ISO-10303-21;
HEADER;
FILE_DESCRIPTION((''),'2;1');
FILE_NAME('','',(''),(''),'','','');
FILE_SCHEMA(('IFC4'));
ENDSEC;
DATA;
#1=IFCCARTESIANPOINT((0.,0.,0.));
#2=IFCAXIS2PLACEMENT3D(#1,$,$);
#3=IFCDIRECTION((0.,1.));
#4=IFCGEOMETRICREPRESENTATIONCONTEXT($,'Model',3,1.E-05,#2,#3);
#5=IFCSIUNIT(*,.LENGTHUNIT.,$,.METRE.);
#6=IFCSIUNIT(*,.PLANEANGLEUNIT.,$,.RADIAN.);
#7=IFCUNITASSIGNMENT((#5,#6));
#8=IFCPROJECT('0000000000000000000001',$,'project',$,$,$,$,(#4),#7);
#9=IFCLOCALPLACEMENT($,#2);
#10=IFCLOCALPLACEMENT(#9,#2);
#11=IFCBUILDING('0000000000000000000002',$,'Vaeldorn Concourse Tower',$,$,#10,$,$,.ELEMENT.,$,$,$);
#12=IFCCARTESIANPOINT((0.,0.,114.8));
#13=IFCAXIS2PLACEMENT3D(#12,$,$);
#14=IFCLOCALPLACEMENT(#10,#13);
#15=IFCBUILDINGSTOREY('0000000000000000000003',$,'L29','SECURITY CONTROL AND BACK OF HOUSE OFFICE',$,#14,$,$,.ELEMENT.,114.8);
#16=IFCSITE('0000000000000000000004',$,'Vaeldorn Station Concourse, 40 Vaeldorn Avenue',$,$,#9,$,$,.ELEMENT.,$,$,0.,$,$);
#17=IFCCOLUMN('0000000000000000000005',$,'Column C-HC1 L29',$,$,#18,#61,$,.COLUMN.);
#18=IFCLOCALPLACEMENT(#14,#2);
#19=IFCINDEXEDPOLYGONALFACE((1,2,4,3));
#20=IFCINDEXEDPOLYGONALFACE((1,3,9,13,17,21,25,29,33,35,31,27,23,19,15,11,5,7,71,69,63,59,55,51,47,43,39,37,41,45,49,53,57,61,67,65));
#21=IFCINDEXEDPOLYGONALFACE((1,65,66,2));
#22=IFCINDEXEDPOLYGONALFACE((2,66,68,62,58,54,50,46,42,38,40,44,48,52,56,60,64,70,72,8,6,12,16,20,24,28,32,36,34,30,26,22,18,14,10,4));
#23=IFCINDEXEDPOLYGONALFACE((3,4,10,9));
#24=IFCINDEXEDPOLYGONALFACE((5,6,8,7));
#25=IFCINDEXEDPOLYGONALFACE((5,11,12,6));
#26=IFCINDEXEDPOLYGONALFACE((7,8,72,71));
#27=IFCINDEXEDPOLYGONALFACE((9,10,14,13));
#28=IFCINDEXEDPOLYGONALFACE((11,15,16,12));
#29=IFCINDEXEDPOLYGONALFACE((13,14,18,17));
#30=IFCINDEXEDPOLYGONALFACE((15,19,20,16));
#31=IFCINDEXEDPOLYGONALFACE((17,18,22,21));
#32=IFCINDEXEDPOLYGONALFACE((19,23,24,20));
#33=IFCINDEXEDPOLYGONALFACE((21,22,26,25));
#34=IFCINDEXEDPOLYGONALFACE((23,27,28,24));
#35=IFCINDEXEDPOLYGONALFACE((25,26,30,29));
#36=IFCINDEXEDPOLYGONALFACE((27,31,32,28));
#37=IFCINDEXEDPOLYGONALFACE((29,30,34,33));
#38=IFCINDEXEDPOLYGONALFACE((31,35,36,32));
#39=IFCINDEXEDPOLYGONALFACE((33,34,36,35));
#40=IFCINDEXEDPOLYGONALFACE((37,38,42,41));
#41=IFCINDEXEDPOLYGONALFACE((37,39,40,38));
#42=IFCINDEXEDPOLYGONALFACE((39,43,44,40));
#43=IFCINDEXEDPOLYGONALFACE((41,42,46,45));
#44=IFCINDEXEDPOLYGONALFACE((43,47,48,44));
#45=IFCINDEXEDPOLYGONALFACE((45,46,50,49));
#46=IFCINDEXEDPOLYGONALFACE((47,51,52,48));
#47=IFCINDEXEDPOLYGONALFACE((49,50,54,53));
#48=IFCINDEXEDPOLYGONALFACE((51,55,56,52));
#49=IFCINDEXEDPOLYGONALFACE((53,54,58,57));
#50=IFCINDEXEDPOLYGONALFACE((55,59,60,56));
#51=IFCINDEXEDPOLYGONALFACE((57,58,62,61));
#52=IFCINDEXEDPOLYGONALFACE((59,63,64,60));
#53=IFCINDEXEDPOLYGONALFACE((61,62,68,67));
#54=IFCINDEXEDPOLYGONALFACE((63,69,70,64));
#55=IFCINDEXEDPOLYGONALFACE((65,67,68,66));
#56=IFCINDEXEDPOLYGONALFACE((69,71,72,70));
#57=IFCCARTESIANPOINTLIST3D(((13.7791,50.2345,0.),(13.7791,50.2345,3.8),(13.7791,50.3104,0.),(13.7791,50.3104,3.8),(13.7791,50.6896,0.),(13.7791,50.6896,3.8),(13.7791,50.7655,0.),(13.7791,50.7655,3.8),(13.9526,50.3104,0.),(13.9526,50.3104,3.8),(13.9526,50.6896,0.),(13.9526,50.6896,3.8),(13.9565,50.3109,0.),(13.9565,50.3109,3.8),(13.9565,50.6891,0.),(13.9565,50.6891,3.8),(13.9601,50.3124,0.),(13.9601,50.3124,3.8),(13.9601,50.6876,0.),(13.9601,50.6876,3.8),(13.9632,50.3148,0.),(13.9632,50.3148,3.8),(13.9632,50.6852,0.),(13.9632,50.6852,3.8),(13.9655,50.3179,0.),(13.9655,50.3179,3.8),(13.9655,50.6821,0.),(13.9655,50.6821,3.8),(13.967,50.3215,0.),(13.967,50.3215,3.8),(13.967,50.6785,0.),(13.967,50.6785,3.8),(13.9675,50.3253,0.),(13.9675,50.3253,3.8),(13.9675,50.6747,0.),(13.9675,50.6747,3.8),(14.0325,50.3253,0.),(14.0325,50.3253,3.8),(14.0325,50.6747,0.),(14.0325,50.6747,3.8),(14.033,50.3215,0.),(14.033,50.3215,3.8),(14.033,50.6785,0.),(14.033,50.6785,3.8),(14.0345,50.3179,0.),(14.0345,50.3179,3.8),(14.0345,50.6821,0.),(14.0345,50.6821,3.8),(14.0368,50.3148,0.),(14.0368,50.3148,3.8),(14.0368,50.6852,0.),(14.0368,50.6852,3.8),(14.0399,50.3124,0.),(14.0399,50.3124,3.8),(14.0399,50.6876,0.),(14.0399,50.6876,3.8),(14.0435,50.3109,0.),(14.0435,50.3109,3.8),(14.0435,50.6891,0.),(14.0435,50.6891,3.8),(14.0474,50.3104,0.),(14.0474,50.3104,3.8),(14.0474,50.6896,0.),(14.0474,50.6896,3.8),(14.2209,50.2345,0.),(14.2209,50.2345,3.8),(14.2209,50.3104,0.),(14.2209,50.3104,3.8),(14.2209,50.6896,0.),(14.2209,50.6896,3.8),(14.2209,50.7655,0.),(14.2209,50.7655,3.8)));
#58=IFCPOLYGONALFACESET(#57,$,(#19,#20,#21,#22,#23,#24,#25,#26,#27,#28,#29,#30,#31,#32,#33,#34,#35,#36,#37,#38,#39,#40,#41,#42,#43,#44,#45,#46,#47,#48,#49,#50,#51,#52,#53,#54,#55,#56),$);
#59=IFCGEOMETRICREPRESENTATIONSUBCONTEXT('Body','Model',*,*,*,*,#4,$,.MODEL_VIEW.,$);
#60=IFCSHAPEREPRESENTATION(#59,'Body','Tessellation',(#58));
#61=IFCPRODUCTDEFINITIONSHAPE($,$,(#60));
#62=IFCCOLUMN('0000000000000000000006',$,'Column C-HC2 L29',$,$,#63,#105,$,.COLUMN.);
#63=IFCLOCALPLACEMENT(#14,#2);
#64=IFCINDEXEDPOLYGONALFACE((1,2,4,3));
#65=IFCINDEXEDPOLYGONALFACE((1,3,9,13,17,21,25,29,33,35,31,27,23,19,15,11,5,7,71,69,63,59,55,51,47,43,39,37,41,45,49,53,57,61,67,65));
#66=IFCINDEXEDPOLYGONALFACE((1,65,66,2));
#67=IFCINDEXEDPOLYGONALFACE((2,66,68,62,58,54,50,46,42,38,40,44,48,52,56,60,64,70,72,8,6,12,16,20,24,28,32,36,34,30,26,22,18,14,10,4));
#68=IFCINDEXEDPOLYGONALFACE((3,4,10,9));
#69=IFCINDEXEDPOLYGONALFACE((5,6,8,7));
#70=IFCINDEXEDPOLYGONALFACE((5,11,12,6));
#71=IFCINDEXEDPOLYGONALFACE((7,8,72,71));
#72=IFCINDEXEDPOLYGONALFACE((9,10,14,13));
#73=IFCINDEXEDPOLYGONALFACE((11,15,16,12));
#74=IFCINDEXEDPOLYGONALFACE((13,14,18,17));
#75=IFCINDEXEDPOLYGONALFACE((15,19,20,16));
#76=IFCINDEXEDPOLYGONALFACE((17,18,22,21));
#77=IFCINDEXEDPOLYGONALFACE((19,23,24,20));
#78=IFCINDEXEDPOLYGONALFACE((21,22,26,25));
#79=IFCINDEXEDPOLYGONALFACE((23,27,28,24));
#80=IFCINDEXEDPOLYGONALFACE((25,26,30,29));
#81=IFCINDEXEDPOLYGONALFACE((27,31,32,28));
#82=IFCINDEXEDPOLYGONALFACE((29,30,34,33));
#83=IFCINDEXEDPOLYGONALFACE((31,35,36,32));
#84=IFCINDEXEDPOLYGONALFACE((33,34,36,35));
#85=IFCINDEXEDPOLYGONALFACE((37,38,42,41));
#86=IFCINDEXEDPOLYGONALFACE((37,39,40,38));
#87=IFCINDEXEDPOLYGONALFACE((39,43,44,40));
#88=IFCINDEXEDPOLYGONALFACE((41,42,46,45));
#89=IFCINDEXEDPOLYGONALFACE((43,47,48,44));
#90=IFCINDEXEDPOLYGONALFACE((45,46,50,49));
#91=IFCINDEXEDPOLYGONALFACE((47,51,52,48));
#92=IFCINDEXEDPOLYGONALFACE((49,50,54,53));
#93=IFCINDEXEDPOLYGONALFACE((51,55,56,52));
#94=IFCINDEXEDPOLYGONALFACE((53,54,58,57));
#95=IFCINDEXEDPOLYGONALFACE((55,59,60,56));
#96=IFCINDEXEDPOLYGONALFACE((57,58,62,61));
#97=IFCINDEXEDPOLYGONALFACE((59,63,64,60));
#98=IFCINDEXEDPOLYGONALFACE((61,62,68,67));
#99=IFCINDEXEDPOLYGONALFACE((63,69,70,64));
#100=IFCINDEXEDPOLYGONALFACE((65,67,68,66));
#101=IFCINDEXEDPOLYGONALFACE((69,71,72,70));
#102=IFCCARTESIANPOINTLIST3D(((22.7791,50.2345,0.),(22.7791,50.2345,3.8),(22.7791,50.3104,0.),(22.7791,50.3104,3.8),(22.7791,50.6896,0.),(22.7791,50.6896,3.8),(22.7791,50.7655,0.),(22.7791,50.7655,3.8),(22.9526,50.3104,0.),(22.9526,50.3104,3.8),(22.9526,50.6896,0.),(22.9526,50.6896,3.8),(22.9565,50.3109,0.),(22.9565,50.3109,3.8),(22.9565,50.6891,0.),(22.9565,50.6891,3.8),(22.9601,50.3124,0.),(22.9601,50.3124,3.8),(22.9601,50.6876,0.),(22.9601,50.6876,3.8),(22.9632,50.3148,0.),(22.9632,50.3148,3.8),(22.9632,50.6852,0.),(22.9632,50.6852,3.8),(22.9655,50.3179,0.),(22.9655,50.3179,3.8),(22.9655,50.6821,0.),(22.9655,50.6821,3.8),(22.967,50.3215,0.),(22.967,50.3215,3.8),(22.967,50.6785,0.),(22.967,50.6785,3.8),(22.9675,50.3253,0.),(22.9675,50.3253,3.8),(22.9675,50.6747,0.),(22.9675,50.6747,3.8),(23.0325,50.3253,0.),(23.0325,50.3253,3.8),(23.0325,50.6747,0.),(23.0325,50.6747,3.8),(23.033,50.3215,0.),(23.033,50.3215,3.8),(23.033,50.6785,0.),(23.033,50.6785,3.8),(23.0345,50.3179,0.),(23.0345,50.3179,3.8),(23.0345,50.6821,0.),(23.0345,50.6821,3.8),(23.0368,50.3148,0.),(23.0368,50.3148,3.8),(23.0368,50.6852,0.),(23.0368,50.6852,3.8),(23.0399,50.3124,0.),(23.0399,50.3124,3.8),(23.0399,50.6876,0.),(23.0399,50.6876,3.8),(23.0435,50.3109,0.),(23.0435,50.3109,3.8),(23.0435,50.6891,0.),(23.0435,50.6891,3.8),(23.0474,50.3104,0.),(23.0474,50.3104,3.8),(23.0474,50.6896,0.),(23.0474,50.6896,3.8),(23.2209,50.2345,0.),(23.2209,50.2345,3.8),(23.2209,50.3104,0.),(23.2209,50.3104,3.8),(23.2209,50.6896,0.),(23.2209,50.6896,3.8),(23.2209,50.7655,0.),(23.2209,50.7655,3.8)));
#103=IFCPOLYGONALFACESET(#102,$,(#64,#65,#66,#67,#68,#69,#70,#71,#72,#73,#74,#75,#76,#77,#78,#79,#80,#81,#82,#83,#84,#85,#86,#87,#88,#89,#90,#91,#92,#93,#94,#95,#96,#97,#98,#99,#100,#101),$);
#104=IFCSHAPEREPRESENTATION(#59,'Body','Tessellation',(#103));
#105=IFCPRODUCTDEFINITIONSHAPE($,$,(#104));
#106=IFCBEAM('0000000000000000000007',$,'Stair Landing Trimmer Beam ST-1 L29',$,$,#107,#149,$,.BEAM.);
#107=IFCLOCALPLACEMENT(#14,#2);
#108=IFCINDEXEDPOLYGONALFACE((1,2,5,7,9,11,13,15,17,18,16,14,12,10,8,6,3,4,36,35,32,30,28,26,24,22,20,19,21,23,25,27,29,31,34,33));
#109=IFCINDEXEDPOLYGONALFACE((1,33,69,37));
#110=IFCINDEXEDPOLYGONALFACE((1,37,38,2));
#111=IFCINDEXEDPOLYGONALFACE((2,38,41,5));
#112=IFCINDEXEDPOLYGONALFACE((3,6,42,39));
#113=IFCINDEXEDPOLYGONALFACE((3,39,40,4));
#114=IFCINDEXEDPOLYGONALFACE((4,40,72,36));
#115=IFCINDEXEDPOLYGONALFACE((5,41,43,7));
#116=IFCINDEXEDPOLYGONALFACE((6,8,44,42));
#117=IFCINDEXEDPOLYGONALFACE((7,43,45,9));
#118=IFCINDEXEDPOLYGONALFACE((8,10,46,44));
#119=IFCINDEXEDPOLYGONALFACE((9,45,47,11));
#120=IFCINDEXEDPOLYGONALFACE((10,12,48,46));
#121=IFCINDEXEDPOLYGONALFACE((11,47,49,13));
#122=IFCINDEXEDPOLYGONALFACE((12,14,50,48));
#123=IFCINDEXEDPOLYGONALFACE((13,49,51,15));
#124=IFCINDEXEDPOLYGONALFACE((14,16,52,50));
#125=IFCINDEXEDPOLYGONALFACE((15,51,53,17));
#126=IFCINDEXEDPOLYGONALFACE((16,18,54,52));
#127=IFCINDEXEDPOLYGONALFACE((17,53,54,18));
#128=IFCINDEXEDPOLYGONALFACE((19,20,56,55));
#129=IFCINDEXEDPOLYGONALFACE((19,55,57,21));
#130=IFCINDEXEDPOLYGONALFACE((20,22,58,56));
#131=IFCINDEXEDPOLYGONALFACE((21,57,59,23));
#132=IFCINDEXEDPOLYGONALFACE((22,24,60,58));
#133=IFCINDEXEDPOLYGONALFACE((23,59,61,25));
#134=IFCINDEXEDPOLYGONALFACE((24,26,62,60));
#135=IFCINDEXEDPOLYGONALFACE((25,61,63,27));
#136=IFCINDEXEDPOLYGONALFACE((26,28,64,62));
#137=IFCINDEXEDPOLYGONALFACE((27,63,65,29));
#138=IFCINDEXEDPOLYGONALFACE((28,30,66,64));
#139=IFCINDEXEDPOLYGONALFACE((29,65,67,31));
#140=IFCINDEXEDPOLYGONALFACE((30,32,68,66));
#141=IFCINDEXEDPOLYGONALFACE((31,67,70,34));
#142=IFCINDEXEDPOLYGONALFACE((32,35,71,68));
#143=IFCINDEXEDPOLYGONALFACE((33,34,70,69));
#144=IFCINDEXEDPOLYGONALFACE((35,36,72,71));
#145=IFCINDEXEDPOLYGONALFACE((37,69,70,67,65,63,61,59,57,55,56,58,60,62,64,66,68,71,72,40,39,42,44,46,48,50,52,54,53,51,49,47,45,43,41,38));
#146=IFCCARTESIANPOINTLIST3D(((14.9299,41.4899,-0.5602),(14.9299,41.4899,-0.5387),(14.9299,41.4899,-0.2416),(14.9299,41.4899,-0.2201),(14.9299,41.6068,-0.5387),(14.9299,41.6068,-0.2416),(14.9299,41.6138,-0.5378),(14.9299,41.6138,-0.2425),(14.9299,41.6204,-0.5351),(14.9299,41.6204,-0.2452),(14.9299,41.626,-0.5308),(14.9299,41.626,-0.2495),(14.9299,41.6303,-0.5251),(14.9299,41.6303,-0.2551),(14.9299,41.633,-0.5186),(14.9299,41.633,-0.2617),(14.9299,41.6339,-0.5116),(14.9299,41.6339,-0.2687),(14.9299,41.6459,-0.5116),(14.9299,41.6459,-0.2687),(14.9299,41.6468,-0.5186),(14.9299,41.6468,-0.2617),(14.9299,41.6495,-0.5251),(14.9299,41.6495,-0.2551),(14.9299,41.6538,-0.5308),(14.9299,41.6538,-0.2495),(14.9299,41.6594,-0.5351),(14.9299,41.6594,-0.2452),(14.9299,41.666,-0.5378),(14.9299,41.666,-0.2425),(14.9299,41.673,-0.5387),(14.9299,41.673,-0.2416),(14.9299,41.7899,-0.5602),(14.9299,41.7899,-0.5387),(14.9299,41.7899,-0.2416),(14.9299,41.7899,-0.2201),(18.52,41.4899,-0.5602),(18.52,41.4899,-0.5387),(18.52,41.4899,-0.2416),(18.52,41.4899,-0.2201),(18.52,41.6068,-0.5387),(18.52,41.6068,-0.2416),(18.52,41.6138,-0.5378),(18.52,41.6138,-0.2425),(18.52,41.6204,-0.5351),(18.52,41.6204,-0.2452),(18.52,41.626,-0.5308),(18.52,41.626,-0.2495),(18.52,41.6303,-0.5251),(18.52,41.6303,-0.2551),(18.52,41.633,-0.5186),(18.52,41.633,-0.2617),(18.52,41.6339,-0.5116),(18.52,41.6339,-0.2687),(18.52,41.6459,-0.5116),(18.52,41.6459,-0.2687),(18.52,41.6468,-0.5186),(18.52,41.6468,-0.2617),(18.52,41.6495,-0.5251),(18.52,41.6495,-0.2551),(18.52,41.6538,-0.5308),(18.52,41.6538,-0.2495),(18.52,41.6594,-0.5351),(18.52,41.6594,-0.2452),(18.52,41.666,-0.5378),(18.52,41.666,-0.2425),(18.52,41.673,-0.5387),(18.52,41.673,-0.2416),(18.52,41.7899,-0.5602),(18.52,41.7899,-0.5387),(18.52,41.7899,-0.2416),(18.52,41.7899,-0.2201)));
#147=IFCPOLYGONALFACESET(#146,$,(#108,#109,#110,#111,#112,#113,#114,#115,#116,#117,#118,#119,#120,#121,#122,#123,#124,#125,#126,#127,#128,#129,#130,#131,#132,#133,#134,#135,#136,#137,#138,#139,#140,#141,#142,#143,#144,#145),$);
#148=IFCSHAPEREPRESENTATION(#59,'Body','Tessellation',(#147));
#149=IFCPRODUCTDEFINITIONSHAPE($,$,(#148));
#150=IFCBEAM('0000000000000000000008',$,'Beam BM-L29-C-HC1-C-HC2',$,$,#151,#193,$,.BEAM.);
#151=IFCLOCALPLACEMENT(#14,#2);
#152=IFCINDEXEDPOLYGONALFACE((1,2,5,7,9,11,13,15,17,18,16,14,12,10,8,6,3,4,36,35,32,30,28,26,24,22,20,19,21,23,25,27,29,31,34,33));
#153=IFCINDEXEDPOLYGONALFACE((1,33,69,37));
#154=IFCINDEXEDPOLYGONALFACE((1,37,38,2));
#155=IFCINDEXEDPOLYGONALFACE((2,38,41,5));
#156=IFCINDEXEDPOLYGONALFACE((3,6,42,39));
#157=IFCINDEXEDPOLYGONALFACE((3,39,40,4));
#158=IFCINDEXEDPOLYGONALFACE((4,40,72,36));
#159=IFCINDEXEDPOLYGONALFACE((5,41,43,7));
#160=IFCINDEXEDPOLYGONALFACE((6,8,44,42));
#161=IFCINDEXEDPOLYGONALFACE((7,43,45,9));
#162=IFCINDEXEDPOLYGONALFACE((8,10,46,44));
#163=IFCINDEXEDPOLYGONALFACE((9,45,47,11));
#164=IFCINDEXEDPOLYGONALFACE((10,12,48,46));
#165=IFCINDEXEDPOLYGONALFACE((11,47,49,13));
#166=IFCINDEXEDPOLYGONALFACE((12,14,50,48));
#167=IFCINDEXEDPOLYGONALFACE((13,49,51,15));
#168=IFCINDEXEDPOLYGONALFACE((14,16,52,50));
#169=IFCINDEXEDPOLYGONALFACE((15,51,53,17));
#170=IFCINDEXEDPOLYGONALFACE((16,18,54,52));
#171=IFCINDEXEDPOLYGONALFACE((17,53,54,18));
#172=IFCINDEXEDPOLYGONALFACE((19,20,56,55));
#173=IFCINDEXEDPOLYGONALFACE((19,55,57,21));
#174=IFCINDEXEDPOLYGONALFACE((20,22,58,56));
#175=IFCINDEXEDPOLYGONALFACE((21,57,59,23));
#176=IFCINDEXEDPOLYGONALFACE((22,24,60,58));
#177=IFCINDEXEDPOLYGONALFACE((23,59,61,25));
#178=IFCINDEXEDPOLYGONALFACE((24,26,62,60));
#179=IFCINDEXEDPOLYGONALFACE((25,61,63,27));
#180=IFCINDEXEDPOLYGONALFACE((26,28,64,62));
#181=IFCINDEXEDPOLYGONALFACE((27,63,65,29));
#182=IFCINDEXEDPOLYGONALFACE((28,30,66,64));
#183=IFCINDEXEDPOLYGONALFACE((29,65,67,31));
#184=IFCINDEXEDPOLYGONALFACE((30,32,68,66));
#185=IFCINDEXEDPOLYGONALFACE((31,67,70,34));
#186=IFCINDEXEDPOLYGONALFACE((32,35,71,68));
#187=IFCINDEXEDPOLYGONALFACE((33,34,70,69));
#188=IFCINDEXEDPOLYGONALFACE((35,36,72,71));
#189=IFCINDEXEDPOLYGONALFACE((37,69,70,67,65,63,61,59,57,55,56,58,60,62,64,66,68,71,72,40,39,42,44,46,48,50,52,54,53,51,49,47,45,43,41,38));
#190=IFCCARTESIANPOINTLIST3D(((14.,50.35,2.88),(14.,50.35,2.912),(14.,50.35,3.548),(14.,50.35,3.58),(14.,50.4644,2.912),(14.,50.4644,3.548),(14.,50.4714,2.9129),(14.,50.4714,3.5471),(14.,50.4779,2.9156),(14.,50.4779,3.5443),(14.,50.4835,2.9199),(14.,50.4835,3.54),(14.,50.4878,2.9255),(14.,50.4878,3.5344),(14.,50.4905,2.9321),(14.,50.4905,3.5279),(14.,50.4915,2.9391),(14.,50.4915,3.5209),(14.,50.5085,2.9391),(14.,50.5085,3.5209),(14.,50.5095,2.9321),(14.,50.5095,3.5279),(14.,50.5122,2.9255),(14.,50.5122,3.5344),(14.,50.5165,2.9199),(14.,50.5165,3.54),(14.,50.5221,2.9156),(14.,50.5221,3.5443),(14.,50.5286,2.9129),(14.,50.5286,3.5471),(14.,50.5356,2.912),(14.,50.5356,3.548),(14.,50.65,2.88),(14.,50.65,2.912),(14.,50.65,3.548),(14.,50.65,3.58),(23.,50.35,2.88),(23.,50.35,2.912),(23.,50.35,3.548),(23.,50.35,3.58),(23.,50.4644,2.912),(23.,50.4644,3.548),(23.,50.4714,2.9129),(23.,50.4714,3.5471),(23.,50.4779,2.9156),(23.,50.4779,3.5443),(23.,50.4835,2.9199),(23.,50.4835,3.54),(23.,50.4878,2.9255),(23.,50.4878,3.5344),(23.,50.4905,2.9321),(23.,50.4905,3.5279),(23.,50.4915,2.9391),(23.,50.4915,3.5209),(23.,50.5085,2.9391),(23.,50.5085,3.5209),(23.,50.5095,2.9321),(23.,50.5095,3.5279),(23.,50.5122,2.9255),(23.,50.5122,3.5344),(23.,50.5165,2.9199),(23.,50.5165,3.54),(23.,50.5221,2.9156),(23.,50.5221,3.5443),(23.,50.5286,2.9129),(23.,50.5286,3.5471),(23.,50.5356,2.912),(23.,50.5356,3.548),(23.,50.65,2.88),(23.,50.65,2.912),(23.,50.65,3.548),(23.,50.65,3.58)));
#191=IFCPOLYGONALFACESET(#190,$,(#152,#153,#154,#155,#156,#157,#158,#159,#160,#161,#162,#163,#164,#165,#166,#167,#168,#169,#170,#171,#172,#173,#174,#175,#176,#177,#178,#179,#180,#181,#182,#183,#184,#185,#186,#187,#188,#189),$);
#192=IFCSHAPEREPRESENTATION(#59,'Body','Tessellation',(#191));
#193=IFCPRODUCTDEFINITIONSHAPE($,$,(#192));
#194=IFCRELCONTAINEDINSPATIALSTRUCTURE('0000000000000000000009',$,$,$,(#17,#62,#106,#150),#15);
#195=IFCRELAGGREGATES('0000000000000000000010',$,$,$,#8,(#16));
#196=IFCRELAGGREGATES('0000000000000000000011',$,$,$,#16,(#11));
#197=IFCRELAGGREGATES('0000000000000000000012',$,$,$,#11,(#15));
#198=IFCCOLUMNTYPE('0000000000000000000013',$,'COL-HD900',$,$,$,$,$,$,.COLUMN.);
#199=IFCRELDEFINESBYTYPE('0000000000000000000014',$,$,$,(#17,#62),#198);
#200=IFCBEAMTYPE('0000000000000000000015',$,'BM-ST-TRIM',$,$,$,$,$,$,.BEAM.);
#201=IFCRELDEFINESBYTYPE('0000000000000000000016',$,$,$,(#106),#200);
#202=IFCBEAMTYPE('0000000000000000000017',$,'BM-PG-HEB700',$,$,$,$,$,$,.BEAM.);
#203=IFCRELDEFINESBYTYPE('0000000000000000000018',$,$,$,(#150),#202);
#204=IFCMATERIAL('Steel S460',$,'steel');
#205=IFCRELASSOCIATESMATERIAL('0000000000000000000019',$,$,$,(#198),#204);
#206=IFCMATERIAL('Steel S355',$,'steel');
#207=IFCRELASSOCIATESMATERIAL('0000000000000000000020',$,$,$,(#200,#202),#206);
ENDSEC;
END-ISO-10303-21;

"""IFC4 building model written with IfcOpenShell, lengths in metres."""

from ifc_helpers import new_model, si_unit, direction, frame, origin, origin_2d, place, context, subcontext, project, spatial, i_section, extrude, source, transform, mapped, material, material_profile, profile_set, type_object, element, save


model = new_model("IFC4")

# Units and contexts
model_context = context("Model", 3, precision=1e-05, world=origin(), true_north=direction((0.0, 1.0)))
body_context = subcontext(model_context, "Body", "Model", "MODEL_VIEW")
ifc_project = project(units=[si_unit("LENGTHUNIT", "METRE"), si_unit("PLANEANGLEUNIT", "RADIAN")], contexts=[model_context])

# Site, building, storey
site_placement = place(None, origin())
site = spatial("IfcSite", under=ifc_project, at=site_placement, Name="Vaeldorn Station Concourse, 40 Vaeldorn Avenue", CompositionType="ELEMENT", RefElevation=0.0)
building_placement = place(site_placement, origin())
building = spatial("IfcBuilding", under=site, at=building_placement, Name="Vaeldorn Concourse Tower", CompositionType="ELEMENT")
storey_placement = place(building_placement, frame((0.0, 0.0, 114.8)))
storey = spatial("IfcBuildingStorey", under=building, at=storey_placement, Name="L29", Description="SECURITY CONTROL AND BACK OF HOUSE OFFICE", CompositionType="ELEMENT", Elevation=114.8)

# Columns
ifc_material_1 = material(Name="Steel S460", Category="steel")
ifc_material_profile_1 = material_profile(ifc_material_1, i_section(OverallWidth=0.4419, OverallDepth=0.531, WebThickness=0.0649, FlangeThickness=0.0759, FilletRadius=0.0149, at=origin_2d()), Name="HD 400x900")
ifc_profile_set_1 = profile_set([ifc_material_profile_1], Name="Steel S460")
column_type = type_object("IfcColumnType", Name="COL-HD900", PredefinedType="COLUMN", material=ifc_profile_set_1)
shared_shape_1 = source(origin(), body_context, "Body", "SweptSolid", [
    extrude(i_section(OverallWidth=0.4419, OverallDepth=0.531, WebThickness=0.0649, FlangeThickness=0.0759, FilletRadius=0.0149, at=origin_2d()), origin(), (0.0, 0.0, 1.0), 3.8),
])
for number, where, z_axis, x_axis, name in (
    (1, (14.0, 50.5, 0.0), (0.0, 0.0, 1.0), (1.0, 0.0, 0.0), "Column C-HC1 L29"),
    (2, (23.0, 50.5, 0.0), (0.0, 0.0, 1.0), (1.0, 0.0, 0.0), "Column C-HC2 L29"),
):
    element("IfcColumn", number, at=place(storey_placement, frame(where, z_axis=z_axis, x_axis=x_axis)), inside=storey, type_object=column_type, Name=name, PredefinedType="COLUMN", context=body_context, shape_type="MappedRepresentation", body=[
        mapped(shared_shape_1, transform((0.0, 0.0, 0.0), scale=1.0)),
    ])

# Beams
ifc_material_2 = material(Name="Steel S355", Category="steel")
ifc_material_profile_2 = material_profile(ifc_material_2, i_section(OverallWidth=0.3, OverallDepth=0.3401, WebThickness=0.012, FlangeThickness=0.0215, FilletRadius=0.0271, at=origin_2d()), Name="HEB 340")
ifc_profile_set_2 = profile_set([ifc_material_profile_2], Name="Steel S355")
beam_type_1 = type_object("IfcBeamType", Name="BM-ST-TRIM", PredefinedType="BEAM", material=ifc_profile_set_2)
shared_shape_2 = source(origin(), body_context, "Body", "SweptSolid", [
    extrude(i_section(OverallWidth=0.3, OverallDepth=0.3401, WebThickness=0.012, FlangeThickness=0.0215, FilletRadius=0.0271, at=origin_2d()), origin(), (0.0, 0.0, 1.0), 3.5901),
])
beam_1_placement = place(storey_placement, frame((14.9299, 41.6399, -0.3901), z_axis=(1.0, 0.0, 0.0), x_axis=(0.0, 1.0, 0.0)))
element("IfcBeam", 3, at=beam_1_placement, inside=storey, type_object=beam_type_1, Name="Stair Landing Trimmer Beam ST-1 L29", PredefinedType="BEAM", context=body_context, shape_type="MappedRepresentation", body=[
    mapped(shared_shape_2, transform((0.0, 0.0, 0.0), scale=1.0)),
])
ifc_material_profile_3 = material_profile(ifc_material_2, i_section(OverallWidth=0.3, OverallDepth=0.7, WebThickness=0.0171, FlangeThickness=0.032, FilletRadius=0.0271, at=origin_2d()), Name="HEB 700")
ifc_profile_set_3 = profile_set([ifc_material_profile_3], Name="Steel S355")
beam_type_2 = type_object("IfcBeamType", Name="BM-PG-HEB700", PredefinedType="BEAM", material=ifc_profile_set_3)
shared_shape_3 = source(origin(), body_context, "Body", "SweptSolid", [
    extrude(i_section(OverallWidth=0.3, OverallDepth=0.7, WebThickness=0.0171, FlangeThickness=0.032, FilletRadius=0.0271, at=origin_2d()), origin(), (0.0, 0.0, 1.0), 9.0),
])
beam_2_placement = place(storey_placement, frame((14.0, 50.5, 3.23), z_axis=(1.0, 0.0, 0.0), x_axis=(0.0, 1.0, 0.0)))
element("IfcBeam", 4, at=beam_2_placement, inside=storey, type_object=beam_type_2, Name="Beam BM-L29-C-HC1-C-HC2", PredefinedType="BEAM", context=body_context, shape_type="MappedRepresentation", body=[
    mapped(shared_shape_3, transform((0.0, 0.0, 0.0), scale=1.0)),
])

save(model, "model.ifc")
